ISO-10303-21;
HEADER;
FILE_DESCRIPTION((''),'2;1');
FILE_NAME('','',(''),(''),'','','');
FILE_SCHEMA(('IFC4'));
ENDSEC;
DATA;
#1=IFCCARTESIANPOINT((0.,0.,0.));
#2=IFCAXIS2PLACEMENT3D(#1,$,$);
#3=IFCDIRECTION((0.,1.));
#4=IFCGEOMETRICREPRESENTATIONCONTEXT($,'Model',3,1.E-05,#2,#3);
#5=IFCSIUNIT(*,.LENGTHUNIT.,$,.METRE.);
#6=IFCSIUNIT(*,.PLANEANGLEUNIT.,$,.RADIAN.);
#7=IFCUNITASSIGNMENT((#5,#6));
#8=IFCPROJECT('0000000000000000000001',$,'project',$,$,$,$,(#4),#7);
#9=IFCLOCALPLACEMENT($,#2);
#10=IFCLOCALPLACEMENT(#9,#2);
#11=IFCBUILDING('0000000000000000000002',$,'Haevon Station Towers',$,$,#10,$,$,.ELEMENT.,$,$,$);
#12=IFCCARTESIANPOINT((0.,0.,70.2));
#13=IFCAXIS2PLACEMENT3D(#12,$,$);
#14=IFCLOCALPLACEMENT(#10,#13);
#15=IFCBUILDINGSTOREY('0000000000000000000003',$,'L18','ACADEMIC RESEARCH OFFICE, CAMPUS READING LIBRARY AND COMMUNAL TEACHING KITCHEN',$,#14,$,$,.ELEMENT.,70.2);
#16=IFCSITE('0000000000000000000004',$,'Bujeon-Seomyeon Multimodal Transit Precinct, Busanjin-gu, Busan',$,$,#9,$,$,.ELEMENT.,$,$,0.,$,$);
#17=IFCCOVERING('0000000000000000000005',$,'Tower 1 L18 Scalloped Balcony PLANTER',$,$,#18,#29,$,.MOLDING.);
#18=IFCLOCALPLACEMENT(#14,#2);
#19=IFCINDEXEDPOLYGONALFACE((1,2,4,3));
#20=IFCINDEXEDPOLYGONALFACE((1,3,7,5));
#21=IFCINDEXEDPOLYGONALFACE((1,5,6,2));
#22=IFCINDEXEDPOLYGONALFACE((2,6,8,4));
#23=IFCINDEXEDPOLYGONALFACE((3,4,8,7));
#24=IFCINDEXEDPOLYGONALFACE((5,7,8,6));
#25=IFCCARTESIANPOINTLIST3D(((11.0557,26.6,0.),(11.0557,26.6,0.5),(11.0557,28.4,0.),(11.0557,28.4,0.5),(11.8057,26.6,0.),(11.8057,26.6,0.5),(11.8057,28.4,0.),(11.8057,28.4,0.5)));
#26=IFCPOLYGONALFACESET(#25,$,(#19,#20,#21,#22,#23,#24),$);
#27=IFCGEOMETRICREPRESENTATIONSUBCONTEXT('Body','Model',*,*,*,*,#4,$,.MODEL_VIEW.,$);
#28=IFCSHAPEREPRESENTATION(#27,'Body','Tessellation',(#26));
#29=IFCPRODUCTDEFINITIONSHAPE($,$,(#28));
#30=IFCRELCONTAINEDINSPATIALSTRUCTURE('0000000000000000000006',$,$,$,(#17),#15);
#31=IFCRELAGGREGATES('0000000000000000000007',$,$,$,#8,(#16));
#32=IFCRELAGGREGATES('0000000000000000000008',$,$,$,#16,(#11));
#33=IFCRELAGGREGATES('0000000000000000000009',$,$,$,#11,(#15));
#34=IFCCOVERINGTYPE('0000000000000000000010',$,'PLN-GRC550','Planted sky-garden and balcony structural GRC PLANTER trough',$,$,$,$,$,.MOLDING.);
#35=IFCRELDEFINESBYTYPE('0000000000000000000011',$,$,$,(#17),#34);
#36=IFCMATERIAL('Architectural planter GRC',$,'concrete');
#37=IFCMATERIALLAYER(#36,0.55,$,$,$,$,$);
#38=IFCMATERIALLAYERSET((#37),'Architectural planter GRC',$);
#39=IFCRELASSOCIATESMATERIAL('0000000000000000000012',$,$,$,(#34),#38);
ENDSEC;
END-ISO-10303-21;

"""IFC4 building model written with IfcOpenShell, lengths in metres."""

from ifc_helpers import new_model, si_unit, direction, frame, origin, origin_2d, place, context, subcontext, project, spatial, rectangle, extrude, material, layer, layer_set, type_object, element, save


model = new_model("IFC4")

# Units and contexts
model_context = context("Model", 3, precision=1e-05, world=origin(), true_north=direction((0.0, 1.0)))
body_context = subcontext(model_context, "Body", "Model", "MODEL_VIEW")
ifc_project = project(units=[si_unit("LENGTHUNIT", "METRE"), si_unit("PLANEANGLEUNIT", "RADIAN")], contexts=[model_context])

# Site, building, storey
site_placement = place(None, origin())
site = spatial("IfcSite", under=ifc_project, at=site_placement, Name="Bujeon-Seomyeon Multimodal Transit Precinct, Busanjin-gu, Busan", CompositionType="ELEMENT", RefElevation=0.0)
building_placement = place(site_placement, origin())
building = spatial("IfcBuilding", under=site, at=building_placement, Name="Haevon Station Towers", CompositionType="ELEMENT")
storey_placement = place(building_placement, frame((0.0, 0.0, 70.2)))
storey = spatial("IfcBuildingStorey", under=building, at=storey_placement, Name="L18", Description="ACADEMIC RESEARCH OFFICE, CAMPUS READING LIBRARY AND COMMUNAL TEACHING KITCHEN", CompositionType="ELEMENT", Elevation=70.2)

# Covering
ifc_material_1 = material(Name="Architectural planter GRC", Category="concrete")
ifc_layer_1 = layer(ifc_material_1, 0.55)
ifc_layer_set_1 = layer_set([ifc_layer_1], Name="Architectural planter GRC")
covering_type = type_object("IfcCoveringType", Name="PLN-GRC550", Description="Planted sky-garden and balcony structural GRC PLANTER trough", PredefinedType="MOLDING", material=ifc_layer_set_1)
covering_placement = place(storey_placement, frame((11.4307, 27.5, 0.0), z_axis=(0.0, 0.0, 1.0), x_axis=(1.0, 0.0, 0.0)))
element("IfcCovering", 1, at=covering_placement, inside=storey, type_object=covering_type, Name="Tower 1 L18 Scalloped Balcony PLANTER", PredefinedType="MOLDING", context=body_context, shape_type="SweptSolid", body=[
    extrude(rectangle(XDim=0.75, YDim=1.8, at=origin_2d()), origin(), (0.0, 0.0, 1.0), 0.5),
])

save(model, "model.ifc")
